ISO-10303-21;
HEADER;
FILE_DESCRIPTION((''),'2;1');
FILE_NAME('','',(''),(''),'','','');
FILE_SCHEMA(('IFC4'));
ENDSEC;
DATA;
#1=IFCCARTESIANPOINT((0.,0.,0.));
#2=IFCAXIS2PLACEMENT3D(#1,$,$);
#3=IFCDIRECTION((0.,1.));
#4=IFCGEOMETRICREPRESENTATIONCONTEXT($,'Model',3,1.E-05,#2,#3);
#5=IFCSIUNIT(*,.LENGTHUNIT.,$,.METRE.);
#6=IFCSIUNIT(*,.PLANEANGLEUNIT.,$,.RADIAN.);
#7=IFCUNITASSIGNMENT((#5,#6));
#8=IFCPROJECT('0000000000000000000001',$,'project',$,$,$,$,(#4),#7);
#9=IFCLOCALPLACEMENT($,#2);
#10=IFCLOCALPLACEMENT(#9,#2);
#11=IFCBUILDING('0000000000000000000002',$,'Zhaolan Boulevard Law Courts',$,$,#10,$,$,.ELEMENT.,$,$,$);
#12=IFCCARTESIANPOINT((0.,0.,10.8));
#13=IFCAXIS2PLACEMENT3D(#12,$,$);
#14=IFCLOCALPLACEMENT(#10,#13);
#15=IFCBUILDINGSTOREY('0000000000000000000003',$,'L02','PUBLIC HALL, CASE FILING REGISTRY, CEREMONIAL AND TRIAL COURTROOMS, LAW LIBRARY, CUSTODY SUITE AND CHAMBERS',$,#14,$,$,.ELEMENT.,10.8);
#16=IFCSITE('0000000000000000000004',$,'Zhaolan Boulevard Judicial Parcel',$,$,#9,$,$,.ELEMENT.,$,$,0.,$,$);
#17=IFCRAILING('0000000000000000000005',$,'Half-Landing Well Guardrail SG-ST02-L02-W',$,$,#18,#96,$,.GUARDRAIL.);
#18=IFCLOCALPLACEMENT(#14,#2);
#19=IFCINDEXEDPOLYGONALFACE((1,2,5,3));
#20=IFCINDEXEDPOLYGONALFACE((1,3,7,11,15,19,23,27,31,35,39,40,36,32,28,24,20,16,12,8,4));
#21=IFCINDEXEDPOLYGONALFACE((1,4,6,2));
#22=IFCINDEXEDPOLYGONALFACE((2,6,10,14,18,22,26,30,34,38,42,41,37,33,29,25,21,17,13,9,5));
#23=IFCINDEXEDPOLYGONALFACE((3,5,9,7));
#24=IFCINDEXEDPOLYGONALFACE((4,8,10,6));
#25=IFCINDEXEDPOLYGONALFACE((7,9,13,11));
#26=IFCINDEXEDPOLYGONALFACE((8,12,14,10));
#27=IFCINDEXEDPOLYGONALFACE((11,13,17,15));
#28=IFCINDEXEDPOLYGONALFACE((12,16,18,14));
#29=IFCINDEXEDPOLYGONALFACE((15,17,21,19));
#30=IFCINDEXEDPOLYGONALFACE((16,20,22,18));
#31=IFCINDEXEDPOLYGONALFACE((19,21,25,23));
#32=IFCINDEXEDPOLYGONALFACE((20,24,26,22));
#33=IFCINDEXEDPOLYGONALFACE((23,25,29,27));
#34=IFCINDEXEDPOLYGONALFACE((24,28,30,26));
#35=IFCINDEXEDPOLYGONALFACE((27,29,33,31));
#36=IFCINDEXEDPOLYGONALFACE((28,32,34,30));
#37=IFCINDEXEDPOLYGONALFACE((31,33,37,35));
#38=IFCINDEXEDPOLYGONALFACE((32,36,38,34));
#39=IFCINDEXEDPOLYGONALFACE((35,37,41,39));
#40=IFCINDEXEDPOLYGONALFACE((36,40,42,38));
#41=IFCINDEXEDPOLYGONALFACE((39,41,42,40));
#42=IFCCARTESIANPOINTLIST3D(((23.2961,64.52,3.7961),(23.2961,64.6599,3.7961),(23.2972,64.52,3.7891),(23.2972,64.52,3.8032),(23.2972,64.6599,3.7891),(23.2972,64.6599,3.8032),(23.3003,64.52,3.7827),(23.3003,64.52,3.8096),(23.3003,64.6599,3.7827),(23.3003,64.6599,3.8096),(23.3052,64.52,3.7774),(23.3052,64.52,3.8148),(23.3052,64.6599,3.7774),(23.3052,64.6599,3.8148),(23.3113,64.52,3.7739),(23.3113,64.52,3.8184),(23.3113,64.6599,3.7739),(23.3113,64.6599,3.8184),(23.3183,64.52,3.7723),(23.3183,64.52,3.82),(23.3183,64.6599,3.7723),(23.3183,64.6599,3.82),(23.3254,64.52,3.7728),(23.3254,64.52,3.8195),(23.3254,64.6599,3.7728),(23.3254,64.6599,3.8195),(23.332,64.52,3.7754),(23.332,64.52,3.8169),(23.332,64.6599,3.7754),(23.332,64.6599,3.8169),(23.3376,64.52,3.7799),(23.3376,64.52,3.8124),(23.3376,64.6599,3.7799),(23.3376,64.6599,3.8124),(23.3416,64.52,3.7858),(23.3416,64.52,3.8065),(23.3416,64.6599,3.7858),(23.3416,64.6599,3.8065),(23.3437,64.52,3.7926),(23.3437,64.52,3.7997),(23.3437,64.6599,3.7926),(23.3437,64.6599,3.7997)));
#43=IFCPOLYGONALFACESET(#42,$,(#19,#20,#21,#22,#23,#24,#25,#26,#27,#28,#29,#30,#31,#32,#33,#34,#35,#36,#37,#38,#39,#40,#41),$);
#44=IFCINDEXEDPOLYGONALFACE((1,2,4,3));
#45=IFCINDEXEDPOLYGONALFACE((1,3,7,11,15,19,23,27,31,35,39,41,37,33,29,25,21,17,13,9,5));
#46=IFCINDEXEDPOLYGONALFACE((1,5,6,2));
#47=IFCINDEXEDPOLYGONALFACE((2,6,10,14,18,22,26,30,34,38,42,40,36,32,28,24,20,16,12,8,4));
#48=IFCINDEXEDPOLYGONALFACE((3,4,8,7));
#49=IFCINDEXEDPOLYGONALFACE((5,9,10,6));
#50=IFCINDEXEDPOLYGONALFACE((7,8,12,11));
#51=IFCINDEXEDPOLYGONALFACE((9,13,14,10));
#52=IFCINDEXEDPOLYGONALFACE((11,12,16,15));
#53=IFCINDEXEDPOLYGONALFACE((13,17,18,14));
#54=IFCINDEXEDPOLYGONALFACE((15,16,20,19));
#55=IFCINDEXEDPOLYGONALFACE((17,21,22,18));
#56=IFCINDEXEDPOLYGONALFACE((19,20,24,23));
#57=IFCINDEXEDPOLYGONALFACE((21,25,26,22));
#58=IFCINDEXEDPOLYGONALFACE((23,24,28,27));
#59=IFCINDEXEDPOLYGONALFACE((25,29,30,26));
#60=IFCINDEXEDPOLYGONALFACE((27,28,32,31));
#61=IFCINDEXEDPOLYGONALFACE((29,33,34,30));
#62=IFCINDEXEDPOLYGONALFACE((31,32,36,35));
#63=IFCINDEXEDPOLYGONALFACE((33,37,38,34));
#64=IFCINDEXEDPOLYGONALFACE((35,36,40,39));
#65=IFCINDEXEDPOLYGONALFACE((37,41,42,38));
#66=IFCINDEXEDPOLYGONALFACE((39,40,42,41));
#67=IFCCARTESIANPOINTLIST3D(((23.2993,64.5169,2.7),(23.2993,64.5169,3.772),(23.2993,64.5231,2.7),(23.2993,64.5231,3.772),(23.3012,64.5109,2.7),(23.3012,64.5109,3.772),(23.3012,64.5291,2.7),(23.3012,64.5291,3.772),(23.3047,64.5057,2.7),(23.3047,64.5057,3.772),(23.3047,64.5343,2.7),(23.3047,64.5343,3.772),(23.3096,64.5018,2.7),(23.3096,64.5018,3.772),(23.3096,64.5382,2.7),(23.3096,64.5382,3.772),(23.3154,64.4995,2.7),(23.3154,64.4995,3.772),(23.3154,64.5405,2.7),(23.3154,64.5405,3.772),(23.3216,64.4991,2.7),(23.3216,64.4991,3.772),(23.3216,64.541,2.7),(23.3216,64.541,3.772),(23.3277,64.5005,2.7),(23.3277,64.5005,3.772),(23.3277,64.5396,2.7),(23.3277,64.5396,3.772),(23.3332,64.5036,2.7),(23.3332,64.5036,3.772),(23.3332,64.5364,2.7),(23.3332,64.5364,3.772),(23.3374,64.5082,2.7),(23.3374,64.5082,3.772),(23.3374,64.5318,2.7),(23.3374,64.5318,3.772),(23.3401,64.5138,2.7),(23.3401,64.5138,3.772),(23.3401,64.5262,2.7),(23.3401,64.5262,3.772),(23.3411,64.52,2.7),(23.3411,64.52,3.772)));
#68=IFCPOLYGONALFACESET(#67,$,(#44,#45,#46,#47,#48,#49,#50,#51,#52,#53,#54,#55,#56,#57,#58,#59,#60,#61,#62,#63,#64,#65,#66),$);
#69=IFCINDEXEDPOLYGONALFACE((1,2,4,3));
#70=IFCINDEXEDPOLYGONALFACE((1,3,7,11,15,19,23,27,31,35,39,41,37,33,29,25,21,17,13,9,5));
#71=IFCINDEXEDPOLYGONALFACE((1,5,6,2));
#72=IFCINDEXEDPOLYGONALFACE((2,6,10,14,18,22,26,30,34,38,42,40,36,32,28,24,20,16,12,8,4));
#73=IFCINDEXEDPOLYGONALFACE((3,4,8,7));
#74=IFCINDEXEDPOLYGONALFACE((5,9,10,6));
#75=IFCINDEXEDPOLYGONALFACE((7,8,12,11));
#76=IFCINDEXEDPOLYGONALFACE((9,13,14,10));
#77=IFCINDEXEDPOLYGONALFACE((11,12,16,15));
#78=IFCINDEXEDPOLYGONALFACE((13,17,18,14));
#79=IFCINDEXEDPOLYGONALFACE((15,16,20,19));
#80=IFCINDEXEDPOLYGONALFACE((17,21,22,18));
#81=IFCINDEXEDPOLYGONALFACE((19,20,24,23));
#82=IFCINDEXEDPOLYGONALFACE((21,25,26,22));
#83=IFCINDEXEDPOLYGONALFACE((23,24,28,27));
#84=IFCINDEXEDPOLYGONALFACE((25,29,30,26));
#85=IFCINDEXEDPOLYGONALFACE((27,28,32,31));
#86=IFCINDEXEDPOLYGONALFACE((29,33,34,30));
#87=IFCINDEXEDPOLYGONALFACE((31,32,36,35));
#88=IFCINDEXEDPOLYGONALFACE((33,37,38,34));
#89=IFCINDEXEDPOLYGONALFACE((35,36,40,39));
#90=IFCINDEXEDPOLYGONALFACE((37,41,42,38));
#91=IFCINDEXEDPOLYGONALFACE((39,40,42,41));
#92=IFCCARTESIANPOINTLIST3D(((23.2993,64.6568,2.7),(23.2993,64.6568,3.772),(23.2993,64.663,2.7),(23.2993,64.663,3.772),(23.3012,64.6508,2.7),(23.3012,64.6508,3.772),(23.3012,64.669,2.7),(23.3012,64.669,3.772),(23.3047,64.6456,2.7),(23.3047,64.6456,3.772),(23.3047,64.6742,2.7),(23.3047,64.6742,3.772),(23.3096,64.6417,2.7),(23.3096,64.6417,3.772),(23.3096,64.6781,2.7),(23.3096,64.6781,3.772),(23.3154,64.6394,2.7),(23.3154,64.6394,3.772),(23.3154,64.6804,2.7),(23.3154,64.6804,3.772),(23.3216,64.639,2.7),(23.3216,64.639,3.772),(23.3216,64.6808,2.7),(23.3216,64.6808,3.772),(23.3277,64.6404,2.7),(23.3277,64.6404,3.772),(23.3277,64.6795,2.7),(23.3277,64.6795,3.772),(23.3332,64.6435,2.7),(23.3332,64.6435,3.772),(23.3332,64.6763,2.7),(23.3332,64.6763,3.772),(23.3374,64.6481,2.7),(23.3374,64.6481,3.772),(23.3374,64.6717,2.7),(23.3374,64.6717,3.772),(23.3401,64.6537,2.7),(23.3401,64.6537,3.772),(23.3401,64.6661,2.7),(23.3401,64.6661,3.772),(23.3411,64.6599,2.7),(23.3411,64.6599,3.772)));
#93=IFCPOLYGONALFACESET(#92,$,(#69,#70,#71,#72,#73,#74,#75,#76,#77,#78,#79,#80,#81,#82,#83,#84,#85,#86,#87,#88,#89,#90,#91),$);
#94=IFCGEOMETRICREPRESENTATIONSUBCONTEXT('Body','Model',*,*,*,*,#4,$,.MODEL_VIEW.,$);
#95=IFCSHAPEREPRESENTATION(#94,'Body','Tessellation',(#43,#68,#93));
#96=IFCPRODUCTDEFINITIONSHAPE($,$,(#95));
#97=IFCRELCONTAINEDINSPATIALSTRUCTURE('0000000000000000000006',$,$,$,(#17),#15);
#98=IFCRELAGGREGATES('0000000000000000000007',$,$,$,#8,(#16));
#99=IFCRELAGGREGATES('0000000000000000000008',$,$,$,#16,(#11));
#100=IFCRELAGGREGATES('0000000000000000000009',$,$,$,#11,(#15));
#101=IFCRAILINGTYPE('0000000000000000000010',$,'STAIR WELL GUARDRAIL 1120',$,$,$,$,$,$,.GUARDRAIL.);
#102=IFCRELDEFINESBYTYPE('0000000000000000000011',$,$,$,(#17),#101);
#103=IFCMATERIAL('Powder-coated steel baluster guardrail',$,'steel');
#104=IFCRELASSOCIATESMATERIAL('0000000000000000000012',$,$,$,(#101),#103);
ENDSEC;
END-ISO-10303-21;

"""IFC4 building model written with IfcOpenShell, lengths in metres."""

from ifc_helpers import new_model, si_unit, direction, frame, origin, origin_2d, place, context, subcontext, project, spatial, circle, extrude, material, type_object, element, save


model = new_model("IFC4")

# Units and contexts
model_context = context("Model", 3, precision=1e-05, world=origin(), true_north=direction((0.0, 1.0)))
body_context = subcontext(model_context, "Body", "Model", "MODEL_VIEW")
ifc_project = project(units=[si_unit("LENGTHUNIT", "METRE"), si_unit("PLANEANGLEUNIT", "RADIAN")], contexts=[model_context])

# Site, building, storey
site_placement = place(None, origin())
site = spatial("IfcSite", under=ifc_project, at=site_placement, Name="Zhaolan Boulevard Judicial Parcel", CompositionType="ELEMENT", RefElevation=0.0)
building_placement = place(site_placement, origin())
building = spatial("IfcBuilding", under=site, at=building_placement, Name="Zhaolan Boulevard Law Courts", CompositionType="ELEMENT")
storey_placement = place(building_placement, frame((0.0, 0.0, 10.8)))
storey = spatial("IfcBuildingStorey", under=building, at=storey_placement, Name="L02", Description="PUBLIC HALL, CASE FILING REGISTRY, CEREMONIAL AND TRIAL COURTROOMS, LAW LIBRARY, CUSTODY SUITE AND CHAMBERS", CompositionType="ELEMENT", Elevation=10.8)

# Railing
ifc_material_1 = material(Name="Powder-coated steel baluster guardrail", Category="steel")
railing_type_1 = type_object("IfcRailingType", Name="STAIR WELL GUARDRAIL 1120", PredefinedType="GUARDRAIL", material=ifc_material_1)
railing_1_placement = place(storey_placement, frame((23.3201, 64.52, 2.7)))
element("IfcRailing", 1, at=railing_1_placement, inside=storey, type_object=railing_type_1, Name="Half-Landing Well Guardrail SG-ST02-L02-W", PredefinedType="GUARDRAIL", context=body_context, shape_type="SweptSolid", body=[
    extrude(circle(Radius=0.0239, at=origin_2d()), frame((0.0, 0.0, 1.0962), z_axis=(0.0, 1.0, 0.0), x_axis=(-1.0, 0.0, 0.0)), (0.0, 0.0, 1.0), 0.1399),
    extrude(circle(Radius=0.021, at=origin_2d()), origin(), (0.0, 0.0, 1.0), 1.072),
    extrude(circle(Radius=0.021, at=origin_2d()), frame((0.0, 0.1399, 0.0)), (0.0, 0.0, 1.0), 1.072),
])

save(model, "model.ifc")
